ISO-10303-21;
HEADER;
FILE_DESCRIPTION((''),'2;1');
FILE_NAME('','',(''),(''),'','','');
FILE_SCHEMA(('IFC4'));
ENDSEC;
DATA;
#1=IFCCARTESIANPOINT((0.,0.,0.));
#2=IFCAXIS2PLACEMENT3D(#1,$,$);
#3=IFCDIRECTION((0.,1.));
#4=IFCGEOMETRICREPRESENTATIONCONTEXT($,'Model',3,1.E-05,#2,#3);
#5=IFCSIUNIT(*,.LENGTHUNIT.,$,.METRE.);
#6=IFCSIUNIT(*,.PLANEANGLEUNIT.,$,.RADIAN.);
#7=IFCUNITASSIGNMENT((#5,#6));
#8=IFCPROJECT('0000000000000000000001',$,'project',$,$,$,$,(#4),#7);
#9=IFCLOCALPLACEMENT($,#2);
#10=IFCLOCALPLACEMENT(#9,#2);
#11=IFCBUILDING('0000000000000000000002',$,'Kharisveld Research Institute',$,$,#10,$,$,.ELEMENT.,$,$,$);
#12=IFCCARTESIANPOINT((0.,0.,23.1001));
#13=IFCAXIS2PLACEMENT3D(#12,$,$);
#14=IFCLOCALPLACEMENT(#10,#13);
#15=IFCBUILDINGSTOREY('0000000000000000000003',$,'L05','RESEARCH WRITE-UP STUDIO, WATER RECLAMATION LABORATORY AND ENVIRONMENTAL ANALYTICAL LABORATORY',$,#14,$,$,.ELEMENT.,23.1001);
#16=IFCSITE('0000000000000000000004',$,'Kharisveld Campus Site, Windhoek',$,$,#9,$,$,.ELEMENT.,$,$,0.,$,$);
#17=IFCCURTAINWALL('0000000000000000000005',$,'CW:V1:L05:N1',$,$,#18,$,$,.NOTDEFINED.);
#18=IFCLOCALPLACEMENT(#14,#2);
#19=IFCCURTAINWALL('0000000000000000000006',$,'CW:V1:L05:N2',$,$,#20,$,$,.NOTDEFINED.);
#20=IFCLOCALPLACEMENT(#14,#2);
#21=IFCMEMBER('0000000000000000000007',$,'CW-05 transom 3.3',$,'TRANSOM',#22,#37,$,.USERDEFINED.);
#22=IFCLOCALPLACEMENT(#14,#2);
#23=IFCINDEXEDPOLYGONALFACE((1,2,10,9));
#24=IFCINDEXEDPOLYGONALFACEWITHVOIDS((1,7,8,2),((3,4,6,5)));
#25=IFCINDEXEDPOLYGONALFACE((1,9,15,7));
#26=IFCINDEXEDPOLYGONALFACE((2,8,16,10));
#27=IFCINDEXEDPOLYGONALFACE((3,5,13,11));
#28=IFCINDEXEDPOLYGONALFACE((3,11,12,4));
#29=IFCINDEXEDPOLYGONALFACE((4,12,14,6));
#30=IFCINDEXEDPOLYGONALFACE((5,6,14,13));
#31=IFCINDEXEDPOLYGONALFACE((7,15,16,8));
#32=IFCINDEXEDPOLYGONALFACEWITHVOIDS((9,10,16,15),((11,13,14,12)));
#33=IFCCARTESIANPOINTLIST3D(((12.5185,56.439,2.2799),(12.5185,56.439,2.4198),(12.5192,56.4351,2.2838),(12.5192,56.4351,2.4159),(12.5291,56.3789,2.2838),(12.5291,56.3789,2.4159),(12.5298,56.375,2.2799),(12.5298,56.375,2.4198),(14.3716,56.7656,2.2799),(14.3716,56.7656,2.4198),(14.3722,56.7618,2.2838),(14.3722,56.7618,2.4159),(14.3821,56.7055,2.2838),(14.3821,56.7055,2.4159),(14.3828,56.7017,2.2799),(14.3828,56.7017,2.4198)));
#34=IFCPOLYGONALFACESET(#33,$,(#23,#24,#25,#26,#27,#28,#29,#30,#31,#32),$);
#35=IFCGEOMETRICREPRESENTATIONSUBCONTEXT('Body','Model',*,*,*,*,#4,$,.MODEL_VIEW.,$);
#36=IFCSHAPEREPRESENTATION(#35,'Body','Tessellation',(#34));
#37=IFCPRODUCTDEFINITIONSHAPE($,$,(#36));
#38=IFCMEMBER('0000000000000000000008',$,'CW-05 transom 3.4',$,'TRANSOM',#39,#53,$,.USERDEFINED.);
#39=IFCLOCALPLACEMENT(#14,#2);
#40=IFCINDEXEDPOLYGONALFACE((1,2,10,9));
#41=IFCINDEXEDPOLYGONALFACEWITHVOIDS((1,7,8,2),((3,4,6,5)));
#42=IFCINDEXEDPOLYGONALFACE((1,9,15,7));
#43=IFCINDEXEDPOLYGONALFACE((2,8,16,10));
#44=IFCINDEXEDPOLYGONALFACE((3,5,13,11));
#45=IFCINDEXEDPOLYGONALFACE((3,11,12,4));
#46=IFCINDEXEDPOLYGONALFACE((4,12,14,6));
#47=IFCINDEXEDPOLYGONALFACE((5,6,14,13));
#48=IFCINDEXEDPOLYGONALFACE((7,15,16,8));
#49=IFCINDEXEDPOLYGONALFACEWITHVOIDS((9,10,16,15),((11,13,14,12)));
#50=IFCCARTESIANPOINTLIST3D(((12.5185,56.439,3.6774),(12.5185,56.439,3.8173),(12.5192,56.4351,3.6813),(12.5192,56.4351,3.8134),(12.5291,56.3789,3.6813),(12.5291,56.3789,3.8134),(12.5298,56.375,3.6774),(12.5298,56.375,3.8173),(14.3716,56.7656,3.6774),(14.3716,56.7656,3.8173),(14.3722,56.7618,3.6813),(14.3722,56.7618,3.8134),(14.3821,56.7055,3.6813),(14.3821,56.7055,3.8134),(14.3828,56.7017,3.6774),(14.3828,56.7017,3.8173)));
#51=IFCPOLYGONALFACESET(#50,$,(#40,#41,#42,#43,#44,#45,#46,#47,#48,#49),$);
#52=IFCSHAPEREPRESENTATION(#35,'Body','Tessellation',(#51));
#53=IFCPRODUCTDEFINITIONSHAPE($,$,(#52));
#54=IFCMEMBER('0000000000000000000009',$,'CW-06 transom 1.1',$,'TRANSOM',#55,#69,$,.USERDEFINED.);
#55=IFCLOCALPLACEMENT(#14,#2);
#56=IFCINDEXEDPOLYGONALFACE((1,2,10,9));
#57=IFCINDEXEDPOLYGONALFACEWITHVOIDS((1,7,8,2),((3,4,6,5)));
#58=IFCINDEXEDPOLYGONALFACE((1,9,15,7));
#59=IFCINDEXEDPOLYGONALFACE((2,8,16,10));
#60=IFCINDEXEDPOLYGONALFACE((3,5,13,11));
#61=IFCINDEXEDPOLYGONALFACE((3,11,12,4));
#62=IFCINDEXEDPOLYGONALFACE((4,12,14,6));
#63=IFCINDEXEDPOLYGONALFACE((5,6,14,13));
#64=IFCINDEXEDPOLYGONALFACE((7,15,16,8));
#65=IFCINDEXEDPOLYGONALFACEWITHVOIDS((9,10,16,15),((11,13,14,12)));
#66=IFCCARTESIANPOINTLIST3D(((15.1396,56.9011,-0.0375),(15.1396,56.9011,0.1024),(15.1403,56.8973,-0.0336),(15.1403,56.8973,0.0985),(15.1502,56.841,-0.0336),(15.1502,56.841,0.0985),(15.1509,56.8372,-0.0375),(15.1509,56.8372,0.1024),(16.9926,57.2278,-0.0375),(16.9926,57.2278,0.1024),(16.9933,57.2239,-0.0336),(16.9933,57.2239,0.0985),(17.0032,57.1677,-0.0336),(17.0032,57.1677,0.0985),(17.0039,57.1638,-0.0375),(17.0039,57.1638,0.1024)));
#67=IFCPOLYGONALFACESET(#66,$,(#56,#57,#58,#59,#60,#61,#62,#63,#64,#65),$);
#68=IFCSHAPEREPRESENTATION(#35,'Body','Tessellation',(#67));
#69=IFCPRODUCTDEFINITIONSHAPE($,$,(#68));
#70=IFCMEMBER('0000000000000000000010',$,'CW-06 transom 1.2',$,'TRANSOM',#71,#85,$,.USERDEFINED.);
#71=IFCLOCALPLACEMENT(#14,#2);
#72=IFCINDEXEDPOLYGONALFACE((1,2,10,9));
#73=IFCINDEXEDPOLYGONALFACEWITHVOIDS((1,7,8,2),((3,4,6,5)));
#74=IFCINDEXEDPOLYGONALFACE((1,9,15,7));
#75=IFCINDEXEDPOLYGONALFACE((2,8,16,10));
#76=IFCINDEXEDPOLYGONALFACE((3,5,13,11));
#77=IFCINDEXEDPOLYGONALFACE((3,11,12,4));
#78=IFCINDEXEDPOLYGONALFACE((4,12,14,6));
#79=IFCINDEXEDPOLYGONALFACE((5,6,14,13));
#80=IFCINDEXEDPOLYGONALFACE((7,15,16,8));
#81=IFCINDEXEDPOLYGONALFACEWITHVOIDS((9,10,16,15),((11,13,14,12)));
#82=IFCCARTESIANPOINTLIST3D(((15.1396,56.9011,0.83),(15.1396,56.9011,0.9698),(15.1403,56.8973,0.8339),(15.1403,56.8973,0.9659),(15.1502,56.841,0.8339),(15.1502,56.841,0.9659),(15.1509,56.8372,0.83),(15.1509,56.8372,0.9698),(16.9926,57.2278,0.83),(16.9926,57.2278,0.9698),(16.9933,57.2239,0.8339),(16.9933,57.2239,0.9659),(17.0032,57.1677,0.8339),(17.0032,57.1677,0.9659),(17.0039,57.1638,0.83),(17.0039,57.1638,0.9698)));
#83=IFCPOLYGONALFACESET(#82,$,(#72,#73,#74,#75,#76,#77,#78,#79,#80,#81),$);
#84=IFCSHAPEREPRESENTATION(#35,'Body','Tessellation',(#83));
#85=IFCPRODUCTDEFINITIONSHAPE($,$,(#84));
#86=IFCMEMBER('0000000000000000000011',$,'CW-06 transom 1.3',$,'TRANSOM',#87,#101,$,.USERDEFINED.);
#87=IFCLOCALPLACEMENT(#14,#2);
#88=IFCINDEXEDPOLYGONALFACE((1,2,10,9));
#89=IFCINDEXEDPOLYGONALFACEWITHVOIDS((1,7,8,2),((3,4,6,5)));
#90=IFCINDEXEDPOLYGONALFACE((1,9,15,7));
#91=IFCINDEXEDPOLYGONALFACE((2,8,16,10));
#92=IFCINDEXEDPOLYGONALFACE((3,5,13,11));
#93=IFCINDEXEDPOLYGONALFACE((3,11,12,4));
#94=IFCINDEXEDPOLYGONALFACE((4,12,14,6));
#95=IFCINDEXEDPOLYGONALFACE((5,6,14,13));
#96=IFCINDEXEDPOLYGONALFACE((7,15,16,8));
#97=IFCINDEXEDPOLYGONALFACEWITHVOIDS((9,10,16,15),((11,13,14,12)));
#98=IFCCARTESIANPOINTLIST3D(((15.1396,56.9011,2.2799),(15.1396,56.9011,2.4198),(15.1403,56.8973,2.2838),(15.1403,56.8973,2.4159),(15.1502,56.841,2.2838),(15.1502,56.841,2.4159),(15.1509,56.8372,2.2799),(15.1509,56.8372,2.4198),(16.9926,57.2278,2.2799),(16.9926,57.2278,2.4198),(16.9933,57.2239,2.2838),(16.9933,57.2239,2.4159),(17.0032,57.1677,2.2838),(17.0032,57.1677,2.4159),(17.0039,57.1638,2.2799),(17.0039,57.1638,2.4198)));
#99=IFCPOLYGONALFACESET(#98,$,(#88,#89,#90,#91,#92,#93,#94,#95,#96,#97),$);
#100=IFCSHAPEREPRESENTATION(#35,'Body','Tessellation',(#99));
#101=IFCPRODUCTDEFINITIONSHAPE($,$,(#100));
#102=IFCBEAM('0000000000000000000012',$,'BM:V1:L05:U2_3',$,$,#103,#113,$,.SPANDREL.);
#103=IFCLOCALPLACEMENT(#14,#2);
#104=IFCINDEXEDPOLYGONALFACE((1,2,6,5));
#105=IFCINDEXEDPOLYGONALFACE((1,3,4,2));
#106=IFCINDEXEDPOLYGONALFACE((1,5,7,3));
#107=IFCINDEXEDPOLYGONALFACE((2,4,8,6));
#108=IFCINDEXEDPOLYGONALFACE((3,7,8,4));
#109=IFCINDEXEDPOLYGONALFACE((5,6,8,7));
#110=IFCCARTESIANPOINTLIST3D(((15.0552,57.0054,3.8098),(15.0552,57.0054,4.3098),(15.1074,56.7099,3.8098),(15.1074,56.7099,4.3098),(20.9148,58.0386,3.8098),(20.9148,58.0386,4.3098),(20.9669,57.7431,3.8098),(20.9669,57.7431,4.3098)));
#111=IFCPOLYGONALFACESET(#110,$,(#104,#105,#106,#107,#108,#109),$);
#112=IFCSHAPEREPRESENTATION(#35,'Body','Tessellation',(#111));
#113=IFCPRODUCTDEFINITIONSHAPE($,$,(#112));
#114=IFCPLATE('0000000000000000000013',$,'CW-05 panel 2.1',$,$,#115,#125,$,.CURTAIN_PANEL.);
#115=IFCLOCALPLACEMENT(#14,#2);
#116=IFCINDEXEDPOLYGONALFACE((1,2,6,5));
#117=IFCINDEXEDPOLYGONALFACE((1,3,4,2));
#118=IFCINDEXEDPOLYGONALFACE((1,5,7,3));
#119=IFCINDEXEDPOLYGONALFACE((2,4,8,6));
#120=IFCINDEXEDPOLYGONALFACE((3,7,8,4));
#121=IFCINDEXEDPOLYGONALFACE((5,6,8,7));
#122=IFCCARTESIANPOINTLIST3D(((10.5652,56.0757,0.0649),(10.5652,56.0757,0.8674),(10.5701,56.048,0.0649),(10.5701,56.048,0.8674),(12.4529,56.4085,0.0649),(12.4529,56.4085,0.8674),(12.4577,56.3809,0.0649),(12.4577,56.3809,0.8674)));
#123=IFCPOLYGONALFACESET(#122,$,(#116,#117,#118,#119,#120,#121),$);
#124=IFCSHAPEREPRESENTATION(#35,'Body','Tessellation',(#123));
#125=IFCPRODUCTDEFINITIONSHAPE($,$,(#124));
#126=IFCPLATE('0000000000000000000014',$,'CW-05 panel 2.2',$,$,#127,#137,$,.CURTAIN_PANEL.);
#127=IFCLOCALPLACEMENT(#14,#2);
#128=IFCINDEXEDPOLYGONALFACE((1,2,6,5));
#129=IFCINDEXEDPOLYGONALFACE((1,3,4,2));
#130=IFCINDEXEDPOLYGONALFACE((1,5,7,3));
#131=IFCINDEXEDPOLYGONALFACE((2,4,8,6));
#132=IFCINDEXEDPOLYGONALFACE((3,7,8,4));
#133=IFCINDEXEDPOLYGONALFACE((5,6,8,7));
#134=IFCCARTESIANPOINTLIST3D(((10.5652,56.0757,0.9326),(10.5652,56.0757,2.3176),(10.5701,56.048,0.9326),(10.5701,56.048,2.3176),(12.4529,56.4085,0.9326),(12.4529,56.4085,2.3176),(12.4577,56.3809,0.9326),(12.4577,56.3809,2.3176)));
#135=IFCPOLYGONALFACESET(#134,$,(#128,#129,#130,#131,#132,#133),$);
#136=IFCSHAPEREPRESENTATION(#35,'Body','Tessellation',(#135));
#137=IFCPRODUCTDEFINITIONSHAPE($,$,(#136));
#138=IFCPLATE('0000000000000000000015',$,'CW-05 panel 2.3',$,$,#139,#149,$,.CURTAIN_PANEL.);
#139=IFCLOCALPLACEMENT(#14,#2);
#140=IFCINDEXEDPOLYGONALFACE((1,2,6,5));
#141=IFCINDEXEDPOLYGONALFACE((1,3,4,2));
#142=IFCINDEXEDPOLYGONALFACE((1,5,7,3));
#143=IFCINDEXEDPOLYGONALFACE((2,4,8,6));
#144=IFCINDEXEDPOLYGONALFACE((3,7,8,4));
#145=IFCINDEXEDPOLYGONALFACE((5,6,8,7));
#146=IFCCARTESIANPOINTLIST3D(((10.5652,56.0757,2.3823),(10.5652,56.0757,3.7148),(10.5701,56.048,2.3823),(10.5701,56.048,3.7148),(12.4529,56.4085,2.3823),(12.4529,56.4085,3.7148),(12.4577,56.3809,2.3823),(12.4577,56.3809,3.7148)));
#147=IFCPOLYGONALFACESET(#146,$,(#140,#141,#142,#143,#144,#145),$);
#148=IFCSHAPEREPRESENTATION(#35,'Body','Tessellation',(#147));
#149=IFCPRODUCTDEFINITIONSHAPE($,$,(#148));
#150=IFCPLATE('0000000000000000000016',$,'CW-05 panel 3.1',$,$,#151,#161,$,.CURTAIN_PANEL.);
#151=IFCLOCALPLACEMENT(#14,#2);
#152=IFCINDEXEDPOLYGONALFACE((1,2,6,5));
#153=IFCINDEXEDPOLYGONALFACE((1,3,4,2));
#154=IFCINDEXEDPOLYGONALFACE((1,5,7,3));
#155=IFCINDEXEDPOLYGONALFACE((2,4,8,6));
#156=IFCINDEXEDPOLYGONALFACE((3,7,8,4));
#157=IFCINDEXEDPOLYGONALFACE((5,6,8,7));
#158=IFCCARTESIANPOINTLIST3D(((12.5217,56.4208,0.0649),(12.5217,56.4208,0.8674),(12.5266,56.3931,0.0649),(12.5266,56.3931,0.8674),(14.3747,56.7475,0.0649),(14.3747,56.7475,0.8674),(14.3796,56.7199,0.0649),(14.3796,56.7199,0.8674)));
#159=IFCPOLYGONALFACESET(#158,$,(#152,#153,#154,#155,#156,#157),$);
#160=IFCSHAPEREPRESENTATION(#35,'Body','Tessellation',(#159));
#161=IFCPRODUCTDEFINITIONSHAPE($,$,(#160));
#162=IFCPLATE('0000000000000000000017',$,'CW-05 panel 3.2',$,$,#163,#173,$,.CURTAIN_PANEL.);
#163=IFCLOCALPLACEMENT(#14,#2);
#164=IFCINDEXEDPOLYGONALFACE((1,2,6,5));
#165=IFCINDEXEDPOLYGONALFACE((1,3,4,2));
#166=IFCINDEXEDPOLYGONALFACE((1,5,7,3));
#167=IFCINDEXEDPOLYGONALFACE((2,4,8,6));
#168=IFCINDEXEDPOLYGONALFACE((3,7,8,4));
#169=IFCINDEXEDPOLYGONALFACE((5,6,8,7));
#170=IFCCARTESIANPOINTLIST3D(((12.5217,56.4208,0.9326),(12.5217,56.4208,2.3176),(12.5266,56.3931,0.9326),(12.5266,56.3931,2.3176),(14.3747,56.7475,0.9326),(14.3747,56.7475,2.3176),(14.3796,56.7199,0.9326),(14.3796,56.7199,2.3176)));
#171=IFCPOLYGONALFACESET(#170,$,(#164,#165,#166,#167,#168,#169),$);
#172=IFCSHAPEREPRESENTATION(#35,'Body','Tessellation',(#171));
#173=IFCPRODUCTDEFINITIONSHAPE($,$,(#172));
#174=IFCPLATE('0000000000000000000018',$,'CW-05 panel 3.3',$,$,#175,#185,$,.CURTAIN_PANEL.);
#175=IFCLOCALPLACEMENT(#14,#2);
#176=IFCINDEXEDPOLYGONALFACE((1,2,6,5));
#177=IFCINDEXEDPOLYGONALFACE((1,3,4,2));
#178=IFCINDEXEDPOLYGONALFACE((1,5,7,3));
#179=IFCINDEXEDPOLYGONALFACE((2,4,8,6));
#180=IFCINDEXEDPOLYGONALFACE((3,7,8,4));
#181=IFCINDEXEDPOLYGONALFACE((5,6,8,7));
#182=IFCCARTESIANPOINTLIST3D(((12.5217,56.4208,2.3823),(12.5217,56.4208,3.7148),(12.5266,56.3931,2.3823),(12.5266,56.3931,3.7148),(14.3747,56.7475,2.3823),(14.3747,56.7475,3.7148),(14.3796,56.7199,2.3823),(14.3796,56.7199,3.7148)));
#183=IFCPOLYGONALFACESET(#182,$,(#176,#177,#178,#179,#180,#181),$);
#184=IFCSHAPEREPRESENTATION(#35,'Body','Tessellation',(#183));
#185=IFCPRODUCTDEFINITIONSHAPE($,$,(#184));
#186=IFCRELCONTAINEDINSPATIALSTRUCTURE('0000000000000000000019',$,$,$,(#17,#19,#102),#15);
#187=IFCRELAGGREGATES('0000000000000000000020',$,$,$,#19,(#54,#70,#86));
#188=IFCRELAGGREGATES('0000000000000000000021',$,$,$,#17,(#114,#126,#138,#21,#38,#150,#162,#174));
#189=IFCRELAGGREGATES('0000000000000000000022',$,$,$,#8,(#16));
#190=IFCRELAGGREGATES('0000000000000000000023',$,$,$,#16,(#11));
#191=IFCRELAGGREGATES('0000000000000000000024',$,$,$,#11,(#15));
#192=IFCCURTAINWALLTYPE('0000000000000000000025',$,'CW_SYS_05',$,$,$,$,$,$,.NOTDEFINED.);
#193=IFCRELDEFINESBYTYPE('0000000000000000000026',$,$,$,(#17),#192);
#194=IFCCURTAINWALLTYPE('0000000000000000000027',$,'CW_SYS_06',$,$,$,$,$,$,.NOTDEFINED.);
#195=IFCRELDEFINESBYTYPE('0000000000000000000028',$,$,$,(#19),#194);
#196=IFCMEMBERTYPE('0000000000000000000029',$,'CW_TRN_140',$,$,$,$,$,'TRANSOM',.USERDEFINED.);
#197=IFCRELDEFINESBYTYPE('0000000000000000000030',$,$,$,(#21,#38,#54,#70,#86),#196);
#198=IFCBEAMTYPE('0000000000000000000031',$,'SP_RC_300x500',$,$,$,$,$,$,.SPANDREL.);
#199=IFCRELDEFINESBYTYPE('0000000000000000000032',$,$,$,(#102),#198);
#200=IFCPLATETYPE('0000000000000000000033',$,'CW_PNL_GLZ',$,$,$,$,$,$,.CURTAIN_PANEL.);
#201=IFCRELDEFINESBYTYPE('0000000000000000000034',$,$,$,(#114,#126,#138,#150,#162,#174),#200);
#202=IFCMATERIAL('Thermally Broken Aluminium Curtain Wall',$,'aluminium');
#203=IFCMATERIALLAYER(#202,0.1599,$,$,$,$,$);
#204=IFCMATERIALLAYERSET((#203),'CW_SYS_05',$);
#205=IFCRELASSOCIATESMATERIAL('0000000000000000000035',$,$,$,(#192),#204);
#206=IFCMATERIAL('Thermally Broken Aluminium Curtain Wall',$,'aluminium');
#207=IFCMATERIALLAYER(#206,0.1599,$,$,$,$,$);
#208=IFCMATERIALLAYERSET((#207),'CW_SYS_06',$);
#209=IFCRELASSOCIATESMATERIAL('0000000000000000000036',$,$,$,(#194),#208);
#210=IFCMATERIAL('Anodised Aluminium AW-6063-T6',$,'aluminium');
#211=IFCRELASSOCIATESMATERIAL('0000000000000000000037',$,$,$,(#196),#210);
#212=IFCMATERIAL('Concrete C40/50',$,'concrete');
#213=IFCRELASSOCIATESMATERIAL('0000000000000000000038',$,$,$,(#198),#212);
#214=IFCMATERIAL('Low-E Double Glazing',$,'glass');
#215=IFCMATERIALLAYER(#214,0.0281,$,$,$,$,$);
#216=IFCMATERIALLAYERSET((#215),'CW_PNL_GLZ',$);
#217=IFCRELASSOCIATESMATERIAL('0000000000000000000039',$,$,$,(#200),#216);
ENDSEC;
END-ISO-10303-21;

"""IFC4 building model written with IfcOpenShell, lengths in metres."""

from ifc_helpers import new_model, si_unit, direction, frame, origin, origin_2d, place, context, subcontext, project, spatial, rectangle, hollow_rectangle, extrude, material, layer, layer_set, material_profile, profile_set, type_object, element, aggregate, save


model = new_model("IFC4")

# Units and contexts
model_context = context("Model", 3, precision=1e-05, world=origin(), true_north=direction((0.0, 1.0)))
body_context = subcontext(model_context, "Body", "Model", "MODEL_VIEW")
ifc_project = project(units=[si_unit("LENGTHUNIT", "METRE"), si_unit("PLANEANGLEUNIT", "RADIAN")], contexts=[model_context])

# Site, building, storey
site_placement = place(None, origin())
site = spatial("IfcSite", under=ifc_project, at=site_placement, Name="Kharisveld Campus Site, Windhoek", CompositionType="ELEMENT", RefElevation=0.0)
building_placement = place(site_placement, origin())
building = spatial("IfcBuilding", under=site, at=building_placement, Name="Kharisveld Research Institute", CompositionType="ELEMENT")
storey_placement = place(building_placement, frame((0.0, 0.0, 23.1001)))
storey = spatial("IfcBuildingStorey", under=building, at=storey_placement, Name="L05", Description="RESEARCH WRITE-UP STUDIO, WATER RECLAMATION LABORATORY AND ENVIRONMENTAL ANALYTICAL LABORATORY", CompositionType="ELEMENT", Elevation=23.1001)

# Curtain wall
ifc_material_1 = material(Name="Thermally Broken Aluminium Curtain Wall", Category="aluminium")
ifc_layer_1 = layer(ifc_material_1, 0.1599)
ifc_layer_set_1 = layer_set([ifc_layer_1], Name="CW_SYS_05")
curtain_wall_type_1 = type_object("IfcCurtainWallType", Name="CW_SYS_05", PredefinedType="NOTDEFINED", material=ifc_layer_set_1)
curtain_wall_1_placement = place(storey_placement, origin())
curtain_wall_1 = element("IfcCurtainWall", 1, at=curtain_wall_1_placement, inside=storey, type_object=curtain_wall_type_1, Name="CW:V1:L05:N1", PredefinedType="NOTDEFINED")

# Curtain wall
ifc_material_2 = material(Name="Thermally Broken Aluminium Curtain Wall", Category="aluminium")
ifc_layer_2 = layer(ifc_material_2, 0.1599)
ifc_layer_set_2 = layer_set([ifc_layer_2], Name="CW_SYS_06")
curtain_wall_type_2 = type_object("IfcCurtainWallType", Name="CW_SYS_06", PredefinedType="NOTDEFINED", material=ifc_layer_set_2)
curtain_wall_2_placement = place(storey_placement, origin())
curtain_wall_2 = element("IfcCurtainWall", 2, at=curtain_wall_2_placement, inside=storey, type_object=curtain_wall_type_2, Name="CW:V1:L05:N2", PredefinedType="NOTDEFINED")

# Members
ifc_material_3 = material(Name="Anodised Aluminium AW-6063-T6", Category="aluminium")
ifc_material_profile_1 = material_profile(ifc_material_3, hollow_rectangle(XDim=0.0649, YDim=0.1399, WallThickness=0.0039, at=origin_2d()))
ifc_profile_set_1 = profile_set([ifc_material_profile_1], Name="Anodised Aluminium AW-6063-T6")
member_type_1 = type_object("IfcMemberType", Name="CW_TRN_140", ElementType="TRANSOM", PredefinedType="USERDEFINED", material=ifc_profile_set_1)
member_1_placement = place(storey_placement, frame((12.5242, 56.407, 2.3499), z_axis=(0.984815, 0.173608, 0.0), x_axis=(-0.173608, 0.984815, 0.0)))
member_1 = element("IfcMember", 3, at=member_1_placement, type_object=member_type_1, Name="CW-05 transom 3.3", ObjectType="TRANSOM", PredefinedType="USERDEFINED", context=body_context, shape_type="SweptSolid", body=[
    extrude(hollow_rectangle(XDim=0.0649, YDim=0.1399, WallThickness=0.0039, at=origin_2d()), origin(), (0.0, 0.0, 1.0), 1.8816),
])
member_2_placement = place(storey_placement, frame((12.5242, 56.407, 3.7473), z_axis=(0.984815, 0.173608, 0.0), x_axis=(-0.173608, 0.984815, 0.0)))
member_2 = element("IfcMember", 4, at=member_2_placement, type_object=member_type_1, Name="CW-05 transom 3.4", ObjectType="TRANSOM", PredefinedType="USERDEFINED", context=body_context, shape_type="SweptSolid", body=[
    extrude(hollow_rectangle(XDim=0.0649, YDim=0.1399, WallThickness=0.0039, at=origin_2d()), origin(), (0.0, 0.0, 1.0), 1.8816),
])
member_3_placement = place(storey_placement, frame((15.1453, 56.8691, 0.0325), z_axis=(0.984815, 0.173608, 0.0), x_axis=(-0.173608, 0.984815, 0.0)))
member_3 = element("IfcMember", 5, at=member_3_placement, type_object=member_type_1, Name="CW-06 transom 1.1", ObjectType="TRANSOM", PredefinedType="USERDEFINED", context=body_context, shape_type="SweptSolid", body=[
    extrude(hollow_rectangle(XDim=0.0649, YDim=0.1399, WallThickness=0.0039, at=origin_2d()), origin(), (0.0, 0.0, 1.0), 1.8816),
])
member_4_placement = place(storey_placement, frame((15.1453, 56.8691, 0.8999), z_axis=(0.984815, 0.173608, 0.0), x_axis=(-0.173608, 0.984815, 0.0)))
member_4 = element("IfcMember", 6, at=member_4_placement, type_object=member_type_1, Name="CW-06 transom 1.2", ObjectType="TRANSOM", PredefinedType="USERDEFINED", context=body_context, shape_type="SweptSolid", body=[
    extrude(hollow_rectangle(XDim=0.0649, YDim=0.1399, WallThickness=0.0039, at=origin_2d()), origin(), (0.0, 0.0, 1.0), 1.8816),
])
member_5_placement = place(storey_placement, frame((15.1453, 56.8691, 2.3499), z_axis=(0.984815, 0.173608, 0.0), x_axis=(-0.173608, 0.984815, 0.0)))
member_5 = element("IfcMember", 7, at=member_5_placement, type_object=member_type_1, Name="CW-06 transom 1.3", ObjectType="TRANSOM", PredefinedType="USERDEFINED", context=body_context, shape_type="SweptSolid", body=[
    extrude(hollow_rectangle(XDim=0.0649, YDim=0.1399, WallThickness=0.0039, at=origin_2d()), origin(), (0.0, 0.0, 1.0), 1.8816),
])
aggregate(curtain_wall_2, [member_3, member_4, member_5])

# Beam
ifc_material_4 = material(Name="Concrete C40/50", Category="concrete")
ifc_material_profile_2 = material_profile(ifc_material_4, rectangle(XDim=0.3, YDim=0.5, at=origin_2d()))
ifc_profile_set_2 = profile_set([ifc_material_profile_2], Name="Concrete C40/50")
beam_type = type_object("IfcBeamType", Name="SP_RC_300x500", PredefinedType="SPANDREL", material=ifc_profile_set_2)
beam_placement = place(storey_placement, frame((15.0813, 56.8577, 4.0598), z_axis=(0.984808, 0.173647, 0.0), x_axis=(-0.173647, 0.984808, 0.0)))
element("IfcBeam", 8, at=beam_placement, inside=storey, type_object=beam_type, Name="BM:V1:L05:U2_3", PredefinedType="SPANDREL", context=body_context, shape_type="SweptSolid", body=[
    extrude(rectangle(XDim=0.3, YDim=0.5, at=origin_2d()), origin(), (0.0, 0.0, 1.0), 5.95),
])

# Plates
ifc_material_5 = material(Name="Low-E Double Glazing", Category="glass")
ifc_layer_3 = layer(ifc_material_5, 0.0281)
ifc_layer_set_3 = layer_set([ifc_layer_3], Name="CW_PNL_GLZ")
plate_type = type_object("IfcPlateType", Name="CW_PNL_GLZ", PredefinedType="CURTAIN_PANEL", material=ifc_layer_set_3)
plate_1_placement = place(storey_placement, frame((11.5115, 56.2283, 0.0649), z_axis=(0.0, 0.0, 1.0), x_axis=(0.984808, 0.173648, 0.0)))
plate_1 = element("IfcPlate", 9, at=plate_1_placement, type_object=plate_type, Name="CW-05 panel 2.1", PredefinedType="CURTAIN_PANEL", context=body_context, shape_type="SweptSolid", body=[
    extrude(rectangle(XDim=1.9167, YDim=0.0281, at=origin_2d()), origin(), (0.0, 0.0, 1.0), 0.8025),
])
plate_2_placement = place(storey_placement, frame((11.5115, 56.2283, 0.9326), z_axis=(0.0, 0.0, 1.0), x_axis=(0.984808, 0.173648, 0.0)))
plate_2 = element("IfcPlate", 10, at=plate_2_placement, type_object=plate_type, Name="CW-05 panel 2.2", PredefinedType="CURTAIN_PANEL", context=body_context, shape_type="SweptSolid", body=[
    extrude(rectangle(XDim=1.9167, YDim=0.0281, at=origin_2d()), origin(), (0.0, 0.0, 1.0), 1.385),
])
plate_3_placement = place(storey_placement, frame((11.5115, 56.2283, 2.3823), z_axis=(0.0, 0.0, 1.0), x_axis=(0.984808, 0.173648, 0.0)))
plate_3 = element("IfcPlate", 11, at=plate_3_placement, type_object=plate_type, Name="CW-05 panel 2.3", PredefinedType="CURTAIN_PANEL", context=body_context, shape_type="SweptSolid", body=[
    extrude(rectangle(XDim=1.9167, YDim=0.0281, at=origin_2d()), origin(), (0.0, 0.0, 1.0), 1.3325),
])
plate_4_placement = place(storey_placement, frame((13.4507, 56.5703, 0.0649), z_axis=(0.0, 0.0, 1.0), x_axis=(0.984808, 0.173648, 0.0)))
plate_4 = element("IfcPlate", 12, at=plate_4_placement, type_object=plate_type, Name="CW-05 panel 3.1", PredefinedType="CURTAIN_PANEL", context=body_context, shape_type="SweptSolid", body=[
    extrude(rectangle(XDim=1.8816, YDim=0.0281, at=origin_2d()), origin(), (0.0, 0.0, 1.0), 0.8025),
])
plate_5_placement = place(storey_placement, frame((13.4507, 56.5703, 0.9326), z_axis=(0.0, 0.0, 1.0), x_axis=(0.984808, 0.173648, 0.0)))
plate_5 = element("IfcPlate", 13, at=plate_5_placement, type_object=plate_type, Name="CW-05 panel 3.2", PredefinedType="CURTAIN_PANEL", context=body_context, shape_type="SweptSolid", body=[
    extrude(rectangle(XDim=1.8816, YDim=0.0281, at=origin_2d()), origin(), (0.0, 0.0, 1.0), 1.385),
])
plate_6_placement = place(storey_placement, frame((13.4507, 56.5703, 2.3823), z_axis=(0.0, 0.0, 1.0), x_axis=(0.984808, 0.173648, 0.0)))
plate_6 = element("IfcPlate", 14, at=plate_6_placement, type_object=plate_type, Name="CW-05 panel 3.3", PredefinedType="CURTAIN_PANEL", context=body_context, shape_type="SweptSolid", body=[
    extrude(rectangle(XDim=1.8816, YDim=0.0281, at=origin_2d()), origin(), (0.0, 0.0, 1.0), 1.3325),
])
aggregate(curtain_wall_1, [plate_1, plate_2, plate_3, member_1, member_2, plate_4, plate_5, plate_6])

save(model, "model.ifc")
